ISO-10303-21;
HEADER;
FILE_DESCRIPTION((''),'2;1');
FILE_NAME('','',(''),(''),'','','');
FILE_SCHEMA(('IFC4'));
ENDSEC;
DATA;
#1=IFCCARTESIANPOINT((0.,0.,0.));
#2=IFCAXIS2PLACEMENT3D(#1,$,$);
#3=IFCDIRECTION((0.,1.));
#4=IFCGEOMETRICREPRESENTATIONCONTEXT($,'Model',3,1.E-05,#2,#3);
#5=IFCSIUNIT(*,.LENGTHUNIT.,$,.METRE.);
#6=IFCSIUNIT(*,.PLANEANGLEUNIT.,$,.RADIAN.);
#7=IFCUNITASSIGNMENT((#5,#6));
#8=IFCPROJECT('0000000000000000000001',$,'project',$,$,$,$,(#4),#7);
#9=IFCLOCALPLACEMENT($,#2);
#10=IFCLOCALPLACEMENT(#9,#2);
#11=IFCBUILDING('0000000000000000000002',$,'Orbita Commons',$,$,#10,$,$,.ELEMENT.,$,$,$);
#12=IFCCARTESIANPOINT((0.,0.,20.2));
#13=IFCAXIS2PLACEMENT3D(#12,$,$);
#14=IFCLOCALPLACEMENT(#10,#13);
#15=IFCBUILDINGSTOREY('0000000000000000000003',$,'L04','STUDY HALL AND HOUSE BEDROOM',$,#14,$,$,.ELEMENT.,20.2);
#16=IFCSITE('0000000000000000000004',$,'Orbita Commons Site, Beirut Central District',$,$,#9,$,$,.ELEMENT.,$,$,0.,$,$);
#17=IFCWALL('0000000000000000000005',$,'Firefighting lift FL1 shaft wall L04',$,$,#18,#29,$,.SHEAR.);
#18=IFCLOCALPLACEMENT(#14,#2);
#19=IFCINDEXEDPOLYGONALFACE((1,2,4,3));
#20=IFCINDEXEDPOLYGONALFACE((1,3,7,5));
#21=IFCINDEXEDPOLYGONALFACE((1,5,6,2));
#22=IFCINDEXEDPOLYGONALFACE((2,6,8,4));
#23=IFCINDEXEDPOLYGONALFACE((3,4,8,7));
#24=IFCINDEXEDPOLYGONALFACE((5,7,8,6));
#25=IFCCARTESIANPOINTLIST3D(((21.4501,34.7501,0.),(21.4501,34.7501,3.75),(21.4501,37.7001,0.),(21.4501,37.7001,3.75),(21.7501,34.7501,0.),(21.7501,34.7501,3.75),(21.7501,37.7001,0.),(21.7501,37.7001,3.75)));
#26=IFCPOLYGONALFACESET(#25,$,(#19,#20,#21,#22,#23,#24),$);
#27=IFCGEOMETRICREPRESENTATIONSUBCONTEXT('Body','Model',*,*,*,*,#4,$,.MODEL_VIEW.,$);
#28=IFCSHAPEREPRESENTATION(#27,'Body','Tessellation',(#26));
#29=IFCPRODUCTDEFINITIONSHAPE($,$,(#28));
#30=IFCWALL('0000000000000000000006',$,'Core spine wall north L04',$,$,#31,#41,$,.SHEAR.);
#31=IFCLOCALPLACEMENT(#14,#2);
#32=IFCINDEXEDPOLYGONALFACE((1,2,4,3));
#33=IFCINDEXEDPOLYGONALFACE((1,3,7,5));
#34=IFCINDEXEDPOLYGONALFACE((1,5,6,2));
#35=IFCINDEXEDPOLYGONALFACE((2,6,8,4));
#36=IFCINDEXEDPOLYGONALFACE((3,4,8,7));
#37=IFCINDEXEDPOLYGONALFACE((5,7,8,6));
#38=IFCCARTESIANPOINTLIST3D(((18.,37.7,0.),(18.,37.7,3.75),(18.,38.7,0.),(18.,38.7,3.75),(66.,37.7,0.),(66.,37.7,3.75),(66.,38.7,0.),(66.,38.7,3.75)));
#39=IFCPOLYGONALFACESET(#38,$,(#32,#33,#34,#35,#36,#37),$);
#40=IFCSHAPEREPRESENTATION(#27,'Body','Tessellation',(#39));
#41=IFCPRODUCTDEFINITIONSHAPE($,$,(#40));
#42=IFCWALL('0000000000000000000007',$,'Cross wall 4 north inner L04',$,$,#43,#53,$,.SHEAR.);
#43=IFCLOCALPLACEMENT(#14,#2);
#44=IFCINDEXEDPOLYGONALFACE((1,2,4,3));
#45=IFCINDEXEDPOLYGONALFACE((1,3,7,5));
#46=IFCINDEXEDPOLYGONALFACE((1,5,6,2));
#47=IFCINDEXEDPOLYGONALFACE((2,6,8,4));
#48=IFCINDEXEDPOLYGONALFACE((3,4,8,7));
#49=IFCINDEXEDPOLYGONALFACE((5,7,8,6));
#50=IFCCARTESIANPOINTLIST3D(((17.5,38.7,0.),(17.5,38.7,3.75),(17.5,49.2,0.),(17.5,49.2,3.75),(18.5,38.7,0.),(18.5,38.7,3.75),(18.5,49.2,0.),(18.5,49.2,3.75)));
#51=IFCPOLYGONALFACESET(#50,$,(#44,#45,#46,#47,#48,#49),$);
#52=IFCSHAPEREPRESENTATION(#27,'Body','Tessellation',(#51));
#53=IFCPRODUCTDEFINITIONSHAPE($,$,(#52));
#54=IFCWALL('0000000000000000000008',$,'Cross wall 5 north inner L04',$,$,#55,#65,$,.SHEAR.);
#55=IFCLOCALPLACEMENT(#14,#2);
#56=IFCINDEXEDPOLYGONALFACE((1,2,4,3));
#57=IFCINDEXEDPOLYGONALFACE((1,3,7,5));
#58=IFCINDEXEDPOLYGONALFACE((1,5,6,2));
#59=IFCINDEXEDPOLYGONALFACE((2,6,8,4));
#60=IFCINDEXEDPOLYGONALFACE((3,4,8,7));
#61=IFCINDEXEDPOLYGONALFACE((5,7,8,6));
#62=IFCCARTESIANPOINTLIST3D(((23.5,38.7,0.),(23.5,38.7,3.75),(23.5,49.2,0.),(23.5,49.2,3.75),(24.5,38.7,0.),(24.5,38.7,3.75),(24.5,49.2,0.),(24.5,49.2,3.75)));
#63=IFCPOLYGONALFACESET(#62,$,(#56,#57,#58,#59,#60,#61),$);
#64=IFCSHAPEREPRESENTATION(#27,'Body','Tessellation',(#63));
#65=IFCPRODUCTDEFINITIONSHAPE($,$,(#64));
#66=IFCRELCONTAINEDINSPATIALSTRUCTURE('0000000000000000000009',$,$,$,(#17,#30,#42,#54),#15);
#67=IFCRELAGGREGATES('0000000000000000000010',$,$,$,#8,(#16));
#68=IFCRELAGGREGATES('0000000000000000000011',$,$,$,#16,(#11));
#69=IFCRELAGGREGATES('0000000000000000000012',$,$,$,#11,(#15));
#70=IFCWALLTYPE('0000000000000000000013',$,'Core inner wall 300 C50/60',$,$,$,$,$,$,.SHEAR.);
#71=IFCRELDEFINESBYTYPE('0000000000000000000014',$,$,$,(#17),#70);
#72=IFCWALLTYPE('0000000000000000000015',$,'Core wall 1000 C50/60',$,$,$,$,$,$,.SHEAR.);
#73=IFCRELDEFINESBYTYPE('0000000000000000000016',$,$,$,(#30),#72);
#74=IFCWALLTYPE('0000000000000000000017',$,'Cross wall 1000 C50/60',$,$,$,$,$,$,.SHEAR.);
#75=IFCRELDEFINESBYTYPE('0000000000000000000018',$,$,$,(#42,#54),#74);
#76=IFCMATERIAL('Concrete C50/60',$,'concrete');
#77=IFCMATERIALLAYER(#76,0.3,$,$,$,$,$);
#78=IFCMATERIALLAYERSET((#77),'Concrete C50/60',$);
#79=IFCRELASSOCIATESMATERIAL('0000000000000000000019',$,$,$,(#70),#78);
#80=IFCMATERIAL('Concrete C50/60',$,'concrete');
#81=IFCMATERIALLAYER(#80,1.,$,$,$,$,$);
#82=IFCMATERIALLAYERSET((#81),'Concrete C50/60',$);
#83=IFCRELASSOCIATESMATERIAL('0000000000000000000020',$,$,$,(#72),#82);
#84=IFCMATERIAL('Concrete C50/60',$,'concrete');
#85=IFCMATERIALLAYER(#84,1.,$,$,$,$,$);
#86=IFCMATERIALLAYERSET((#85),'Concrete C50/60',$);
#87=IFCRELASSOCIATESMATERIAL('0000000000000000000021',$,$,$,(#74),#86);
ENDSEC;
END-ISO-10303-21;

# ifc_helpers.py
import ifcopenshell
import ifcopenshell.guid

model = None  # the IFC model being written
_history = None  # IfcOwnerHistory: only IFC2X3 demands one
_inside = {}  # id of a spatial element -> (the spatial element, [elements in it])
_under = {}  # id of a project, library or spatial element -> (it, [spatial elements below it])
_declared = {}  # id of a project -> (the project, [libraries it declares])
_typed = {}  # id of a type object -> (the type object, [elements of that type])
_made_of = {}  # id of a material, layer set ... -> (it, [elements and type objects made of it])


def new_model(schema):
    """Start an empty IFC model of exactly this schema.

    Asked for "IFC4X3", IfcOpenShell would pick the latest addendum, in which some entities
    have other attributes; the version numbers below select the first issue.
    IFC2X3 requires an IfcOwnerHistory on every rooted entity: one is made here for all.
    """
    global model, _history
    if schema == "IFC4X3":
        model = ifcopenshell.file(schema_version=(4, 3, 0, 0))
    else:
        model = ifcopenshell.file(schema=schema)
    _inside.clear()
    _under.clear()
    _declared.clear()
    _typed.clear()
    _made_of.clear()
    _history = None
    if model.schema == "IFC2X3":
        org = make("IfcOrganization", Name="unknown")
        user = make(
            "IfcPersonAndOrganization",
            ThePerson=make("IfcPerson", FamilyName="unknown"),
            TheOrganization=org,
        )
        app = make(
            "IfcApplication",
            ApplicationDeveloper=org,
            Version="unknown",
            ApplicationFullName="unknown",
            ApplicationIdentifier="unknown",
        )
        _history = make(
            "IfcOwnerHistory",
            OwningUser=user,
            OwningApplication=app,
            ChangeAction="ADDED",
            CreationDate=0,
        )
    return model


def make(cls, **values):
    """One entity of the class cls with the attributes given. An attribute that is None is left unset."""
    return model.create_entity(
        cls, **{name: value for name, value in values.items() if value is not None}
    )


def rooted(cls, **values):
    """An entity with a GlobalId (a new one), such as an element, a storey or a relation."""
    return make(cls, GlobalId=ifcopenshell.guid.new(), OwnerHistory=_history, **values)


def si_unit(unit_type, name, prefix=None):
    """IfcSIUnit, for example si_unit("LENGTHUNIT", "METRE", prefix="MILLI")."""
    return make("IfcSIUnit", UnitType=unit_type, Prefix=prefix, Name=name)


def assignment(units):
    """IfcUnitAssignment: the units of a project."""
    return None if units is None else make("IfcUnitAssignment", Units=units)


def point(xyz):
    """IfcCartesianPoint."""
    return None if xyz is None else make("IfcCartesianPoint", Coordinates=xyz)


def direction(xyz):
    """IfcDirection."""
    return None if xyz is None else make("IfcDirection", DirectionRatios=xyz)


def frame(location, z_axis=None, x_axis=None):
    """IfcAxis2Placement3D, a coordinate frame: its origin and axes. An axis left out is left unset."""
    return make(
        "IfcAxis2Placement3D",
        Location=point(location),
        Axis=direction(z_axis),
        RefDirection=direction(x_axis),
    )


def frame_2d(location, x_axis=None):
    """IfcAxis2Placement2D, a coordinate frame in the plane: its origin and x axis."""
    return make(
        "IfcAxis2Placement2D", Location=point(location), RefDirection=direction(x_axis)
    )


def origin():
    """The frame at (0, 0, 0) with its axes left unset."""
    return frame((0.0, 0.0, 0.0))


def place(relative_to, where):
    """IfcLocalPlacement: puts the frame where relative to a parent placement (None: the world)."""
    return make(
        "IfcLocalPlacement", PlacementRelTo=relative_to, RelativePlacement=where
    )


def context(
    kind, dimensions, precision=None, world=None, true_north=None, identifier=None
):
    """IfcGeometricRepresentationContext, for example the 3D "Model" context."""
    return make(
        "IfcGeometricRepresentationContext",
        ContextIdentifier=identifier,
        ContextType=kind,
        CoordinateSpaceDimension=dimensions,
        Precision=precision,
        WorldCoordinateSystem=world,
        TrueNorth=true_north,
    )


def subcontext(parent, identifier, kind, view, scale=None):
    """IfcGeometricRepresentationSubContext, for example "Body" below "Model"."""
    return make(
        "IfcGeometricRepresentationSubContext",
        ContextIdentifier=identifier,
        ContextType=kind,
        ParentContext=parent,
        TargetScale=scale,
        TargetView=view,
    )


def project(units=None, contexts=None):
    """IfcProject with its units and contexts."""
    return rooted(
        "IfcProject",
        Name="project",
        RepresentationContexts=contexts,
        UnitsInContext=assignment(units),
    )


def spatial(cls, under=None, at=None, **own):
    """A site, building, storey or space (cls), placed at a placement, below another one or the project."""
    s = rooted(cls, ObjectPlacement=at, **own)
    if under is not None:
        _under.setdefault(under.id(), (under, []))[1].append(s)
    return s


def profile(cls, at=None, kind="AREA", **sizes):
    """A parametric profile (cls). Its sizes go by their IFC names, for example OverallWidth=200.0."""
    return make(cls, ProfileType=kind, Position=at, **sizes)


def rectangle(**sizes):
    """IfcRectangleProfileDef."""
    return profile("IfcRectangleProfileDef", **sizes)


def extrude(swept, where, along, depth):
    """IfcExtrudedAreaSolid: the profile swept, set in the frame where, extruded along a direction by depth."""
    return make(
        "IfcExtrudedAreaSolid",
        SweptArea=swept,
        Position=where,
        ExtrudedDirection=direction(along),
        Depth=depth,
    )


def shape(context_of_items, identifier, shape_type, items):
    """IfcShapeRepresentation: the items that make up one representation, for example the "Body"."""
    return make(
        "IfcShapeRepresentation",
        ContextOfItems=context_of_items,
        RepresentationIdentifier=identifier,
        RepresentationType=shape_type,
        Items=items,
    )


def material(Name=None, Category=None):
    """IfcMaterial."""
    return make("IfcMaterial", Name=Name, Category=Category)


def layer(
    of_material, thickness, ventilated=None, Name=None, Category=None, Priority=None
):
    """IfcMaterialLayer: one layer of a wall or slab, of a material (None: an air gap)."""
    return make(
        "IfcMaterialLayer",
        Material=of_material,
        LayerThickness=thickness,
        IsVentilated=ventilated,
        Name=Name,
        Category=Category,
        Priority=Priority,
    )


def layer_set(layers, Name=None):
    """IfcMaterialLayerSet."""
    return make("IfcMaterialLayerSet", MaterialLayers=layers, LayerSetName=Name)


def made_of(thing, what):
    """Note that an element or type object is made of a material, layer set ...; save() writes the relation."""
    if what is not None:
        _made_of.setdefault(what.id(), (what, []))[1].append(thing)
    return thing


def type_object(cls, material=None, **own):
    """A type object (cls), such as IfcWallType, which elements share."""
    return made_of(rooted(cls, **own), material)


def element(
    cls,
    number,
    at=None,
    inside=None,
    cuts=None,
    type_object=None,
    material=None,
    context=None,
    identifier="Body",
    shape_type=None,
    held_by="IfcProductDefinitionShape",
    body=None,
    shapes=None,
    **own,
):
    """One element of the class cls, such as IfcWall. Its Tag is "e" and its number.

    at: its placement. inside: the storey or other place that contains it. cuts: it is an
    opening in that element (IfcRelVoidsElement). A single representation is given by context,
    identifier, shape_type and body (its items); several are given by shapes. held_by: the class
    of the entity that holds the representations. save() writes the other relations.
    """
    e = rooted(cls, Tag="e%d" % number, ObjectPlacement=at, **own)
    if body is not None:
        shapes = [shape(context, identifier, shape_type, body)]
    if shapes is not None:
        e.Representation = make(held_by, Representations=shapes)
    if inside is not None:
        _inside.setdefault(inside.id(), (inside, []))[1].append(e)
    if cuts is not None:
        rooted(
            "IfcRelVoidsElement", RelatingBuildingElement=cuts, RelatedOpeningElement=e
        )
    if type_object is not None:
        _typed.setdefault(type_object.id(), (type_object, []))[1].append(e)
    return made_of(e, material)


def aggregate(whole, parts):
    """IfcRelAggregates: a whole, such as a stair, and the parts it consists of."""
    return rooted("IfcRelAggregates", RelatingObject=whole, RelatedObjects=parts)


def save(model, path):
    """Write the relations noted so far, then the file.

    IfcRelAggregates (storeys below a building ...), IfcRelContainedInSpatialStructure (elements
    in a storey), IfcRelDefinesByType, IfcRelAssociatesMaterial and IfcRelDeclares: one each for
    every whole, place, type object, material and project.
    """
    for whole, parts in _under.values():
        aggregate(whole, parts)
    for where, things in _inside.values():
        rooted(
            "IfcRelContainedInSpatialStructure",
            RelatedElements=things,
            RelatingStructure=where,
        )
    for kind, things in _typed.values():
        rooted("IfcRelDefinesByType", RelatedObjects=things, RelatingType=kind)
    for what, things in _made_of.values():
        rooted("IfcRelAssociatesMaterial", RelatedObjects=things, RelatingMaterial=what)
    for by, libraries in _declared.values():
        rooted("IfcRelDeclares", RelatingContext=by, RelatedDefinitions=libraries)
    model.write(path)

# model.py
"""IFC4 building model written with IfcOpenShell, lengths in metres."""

from ifc_helpers import new_model, si_unit, direction, frame, frame_2d, origin, place, context, subcontext, project, spatial, rectangle, extrude, material, layer, layer_set, type_object, element, save


model = new_model("IFC4")

# Units and contexts
model_context = context("Model", 3, precision=1e-05, world=origin(), true_north=direction((0.0, 1.0)))
body_context = subcontext(model_context, "Body", "Model", "MODEL_VIEW")
ifc_project = project(units=[si_unit("LENGTHUNIT", "METRE"), si_unit("PLANEANGLEUNIT", "RADIAN")], contexts=[model_context])

# Site, building, storey
site_placement = place(None, origin())
site = spatial("IfcSite", under=ifc_project, at=site_placement, Name="Orbita Commons Site, Beirut Central District", CompositionType="ELEMENT", RefElevation=0.0)
building_placement = place(site_placement, origin())
building = spatial("IfcBuilding", under=site, at=building_placement, Name="Orbita Commons", CompositionType="ELEMENT")
storey_placement = place(building_placement, frame((0.0, 0.0, 20.2)))
storey = spatial("IfcBuildingStorey", under=building, at=storey_placement, Name="L04", Description="STUDY HALL AND HOUSE BEDROOM", CompositionType="ELEMENT", Elevation=20.2)

# Walls
ifc_material_1 = material(Name="Concrete C50/60", Category="concrete")
ifc_layer_1 = layer(ifc_material_1, 0.3)
ifc_layer_set_1 = layer_set([ifc_layer_1], Name="Concrete C50/60")
wall_type_1 = type_object("IfcWallType", Name="Core inner wall 300 C50/60", PredefinedType="SHEAR", material=ifc_layer_set_1)
wall_1_placement = place(storey_placement, frame((21.6001, 34.75, 0.0), z_axis=(0.0, 0.0, 1.0), x_axis=(0.0, 1.0, 0.0)))
element("IfcWall", 1, at=wall_1_placement, inside=storey, type_object=wall_type_1, Name="Firefighting lift FL1 shaft wall L04", PredefinedType="SHEAR", context=body_context, shape_type="SweptSolid", body=[
    extrude(rectangle(XDim=2.95, YDim=0.3, at=frame_2d((1.4751, 0.0))), origin(), (0.0, 0.0, 1.0), 3.75),
])
ifc_material_2 = material(Name="Concrete C50/60", Category="concrete")
ifc_layer_2 = layer(ifc_material_2, 1.0)
ifc_layer_set_2 = layer_set([ifc_layer_2], Name="Concrete C50/60")
wall_type_2 = type_object("IfcWallType", Name="Core wall 1000 C50/60", PredefinedType="SHEAR", material=ifc_layer_set_2)
wall_2_placement = place(storey_placement, frame((18.0, 38.2, 0.0), z_axis=(0.0, 0.0, 1.0), x_axis=(1.0, 0.0, 0.0)))
element("IfcWall", 2, at=wall_2_placement, inside=storey, type_object=wall_type_2, Name="Core spine wall north L04", PredefinedType="SHEAR", context=body_context, shape_type="SweptSolid", body=[
    extrude(rectangle(XDim=48.0, YDim=1.0, at=frame_2d((24.0, 0.0))), origin(), (0.0, 0.0, 1.0), 3.75),
])
ifc_material_3 = material(Name="Concrete C50/60", Category="concrete")
ifc_layer_3 = layer(ifc_material_3, 1.0)
ifc_layer_set_3 = layer_set([ifc_layer_3], Name="Concrete C50/60")
wall_type_3 = type_object("IfcWallType", Name="Cross wall 1000 C50/60", PredefinedType="SHEAR", material=ifc_layer_set_3)
for number, where, z_axis, x_axis, name in (
    (3, (18.0, 38.7, 0.0), (0.0, 0.0, 1.0), (0.0, 1.0, 0.0), "Cross wall 4 north inner L04"),
    (4, (24.0, 38.7, 0.0), (0.0, 0.0, 1.0), (0.0, 1.0, 0.0), "Cross wall 5 north inner L04"),
):
    element("IfcWall", number, at=place(storey_placement, frame(where, z_axis=z_axis, x_axis=x_axis)), inside=storey, type_object=wall_type_3, Name=name, PredefinedType="SHEAR", context=body_context, shape_type="SweptSolid", body=[
        extrude(rectangle(XDim=10.5, YDim=1.0, at=frame_2d((5.25, 0.0))), origin(), (0.0, 0.0, 1.0), 3.75),
    ])

save(model, "model.ifc")
